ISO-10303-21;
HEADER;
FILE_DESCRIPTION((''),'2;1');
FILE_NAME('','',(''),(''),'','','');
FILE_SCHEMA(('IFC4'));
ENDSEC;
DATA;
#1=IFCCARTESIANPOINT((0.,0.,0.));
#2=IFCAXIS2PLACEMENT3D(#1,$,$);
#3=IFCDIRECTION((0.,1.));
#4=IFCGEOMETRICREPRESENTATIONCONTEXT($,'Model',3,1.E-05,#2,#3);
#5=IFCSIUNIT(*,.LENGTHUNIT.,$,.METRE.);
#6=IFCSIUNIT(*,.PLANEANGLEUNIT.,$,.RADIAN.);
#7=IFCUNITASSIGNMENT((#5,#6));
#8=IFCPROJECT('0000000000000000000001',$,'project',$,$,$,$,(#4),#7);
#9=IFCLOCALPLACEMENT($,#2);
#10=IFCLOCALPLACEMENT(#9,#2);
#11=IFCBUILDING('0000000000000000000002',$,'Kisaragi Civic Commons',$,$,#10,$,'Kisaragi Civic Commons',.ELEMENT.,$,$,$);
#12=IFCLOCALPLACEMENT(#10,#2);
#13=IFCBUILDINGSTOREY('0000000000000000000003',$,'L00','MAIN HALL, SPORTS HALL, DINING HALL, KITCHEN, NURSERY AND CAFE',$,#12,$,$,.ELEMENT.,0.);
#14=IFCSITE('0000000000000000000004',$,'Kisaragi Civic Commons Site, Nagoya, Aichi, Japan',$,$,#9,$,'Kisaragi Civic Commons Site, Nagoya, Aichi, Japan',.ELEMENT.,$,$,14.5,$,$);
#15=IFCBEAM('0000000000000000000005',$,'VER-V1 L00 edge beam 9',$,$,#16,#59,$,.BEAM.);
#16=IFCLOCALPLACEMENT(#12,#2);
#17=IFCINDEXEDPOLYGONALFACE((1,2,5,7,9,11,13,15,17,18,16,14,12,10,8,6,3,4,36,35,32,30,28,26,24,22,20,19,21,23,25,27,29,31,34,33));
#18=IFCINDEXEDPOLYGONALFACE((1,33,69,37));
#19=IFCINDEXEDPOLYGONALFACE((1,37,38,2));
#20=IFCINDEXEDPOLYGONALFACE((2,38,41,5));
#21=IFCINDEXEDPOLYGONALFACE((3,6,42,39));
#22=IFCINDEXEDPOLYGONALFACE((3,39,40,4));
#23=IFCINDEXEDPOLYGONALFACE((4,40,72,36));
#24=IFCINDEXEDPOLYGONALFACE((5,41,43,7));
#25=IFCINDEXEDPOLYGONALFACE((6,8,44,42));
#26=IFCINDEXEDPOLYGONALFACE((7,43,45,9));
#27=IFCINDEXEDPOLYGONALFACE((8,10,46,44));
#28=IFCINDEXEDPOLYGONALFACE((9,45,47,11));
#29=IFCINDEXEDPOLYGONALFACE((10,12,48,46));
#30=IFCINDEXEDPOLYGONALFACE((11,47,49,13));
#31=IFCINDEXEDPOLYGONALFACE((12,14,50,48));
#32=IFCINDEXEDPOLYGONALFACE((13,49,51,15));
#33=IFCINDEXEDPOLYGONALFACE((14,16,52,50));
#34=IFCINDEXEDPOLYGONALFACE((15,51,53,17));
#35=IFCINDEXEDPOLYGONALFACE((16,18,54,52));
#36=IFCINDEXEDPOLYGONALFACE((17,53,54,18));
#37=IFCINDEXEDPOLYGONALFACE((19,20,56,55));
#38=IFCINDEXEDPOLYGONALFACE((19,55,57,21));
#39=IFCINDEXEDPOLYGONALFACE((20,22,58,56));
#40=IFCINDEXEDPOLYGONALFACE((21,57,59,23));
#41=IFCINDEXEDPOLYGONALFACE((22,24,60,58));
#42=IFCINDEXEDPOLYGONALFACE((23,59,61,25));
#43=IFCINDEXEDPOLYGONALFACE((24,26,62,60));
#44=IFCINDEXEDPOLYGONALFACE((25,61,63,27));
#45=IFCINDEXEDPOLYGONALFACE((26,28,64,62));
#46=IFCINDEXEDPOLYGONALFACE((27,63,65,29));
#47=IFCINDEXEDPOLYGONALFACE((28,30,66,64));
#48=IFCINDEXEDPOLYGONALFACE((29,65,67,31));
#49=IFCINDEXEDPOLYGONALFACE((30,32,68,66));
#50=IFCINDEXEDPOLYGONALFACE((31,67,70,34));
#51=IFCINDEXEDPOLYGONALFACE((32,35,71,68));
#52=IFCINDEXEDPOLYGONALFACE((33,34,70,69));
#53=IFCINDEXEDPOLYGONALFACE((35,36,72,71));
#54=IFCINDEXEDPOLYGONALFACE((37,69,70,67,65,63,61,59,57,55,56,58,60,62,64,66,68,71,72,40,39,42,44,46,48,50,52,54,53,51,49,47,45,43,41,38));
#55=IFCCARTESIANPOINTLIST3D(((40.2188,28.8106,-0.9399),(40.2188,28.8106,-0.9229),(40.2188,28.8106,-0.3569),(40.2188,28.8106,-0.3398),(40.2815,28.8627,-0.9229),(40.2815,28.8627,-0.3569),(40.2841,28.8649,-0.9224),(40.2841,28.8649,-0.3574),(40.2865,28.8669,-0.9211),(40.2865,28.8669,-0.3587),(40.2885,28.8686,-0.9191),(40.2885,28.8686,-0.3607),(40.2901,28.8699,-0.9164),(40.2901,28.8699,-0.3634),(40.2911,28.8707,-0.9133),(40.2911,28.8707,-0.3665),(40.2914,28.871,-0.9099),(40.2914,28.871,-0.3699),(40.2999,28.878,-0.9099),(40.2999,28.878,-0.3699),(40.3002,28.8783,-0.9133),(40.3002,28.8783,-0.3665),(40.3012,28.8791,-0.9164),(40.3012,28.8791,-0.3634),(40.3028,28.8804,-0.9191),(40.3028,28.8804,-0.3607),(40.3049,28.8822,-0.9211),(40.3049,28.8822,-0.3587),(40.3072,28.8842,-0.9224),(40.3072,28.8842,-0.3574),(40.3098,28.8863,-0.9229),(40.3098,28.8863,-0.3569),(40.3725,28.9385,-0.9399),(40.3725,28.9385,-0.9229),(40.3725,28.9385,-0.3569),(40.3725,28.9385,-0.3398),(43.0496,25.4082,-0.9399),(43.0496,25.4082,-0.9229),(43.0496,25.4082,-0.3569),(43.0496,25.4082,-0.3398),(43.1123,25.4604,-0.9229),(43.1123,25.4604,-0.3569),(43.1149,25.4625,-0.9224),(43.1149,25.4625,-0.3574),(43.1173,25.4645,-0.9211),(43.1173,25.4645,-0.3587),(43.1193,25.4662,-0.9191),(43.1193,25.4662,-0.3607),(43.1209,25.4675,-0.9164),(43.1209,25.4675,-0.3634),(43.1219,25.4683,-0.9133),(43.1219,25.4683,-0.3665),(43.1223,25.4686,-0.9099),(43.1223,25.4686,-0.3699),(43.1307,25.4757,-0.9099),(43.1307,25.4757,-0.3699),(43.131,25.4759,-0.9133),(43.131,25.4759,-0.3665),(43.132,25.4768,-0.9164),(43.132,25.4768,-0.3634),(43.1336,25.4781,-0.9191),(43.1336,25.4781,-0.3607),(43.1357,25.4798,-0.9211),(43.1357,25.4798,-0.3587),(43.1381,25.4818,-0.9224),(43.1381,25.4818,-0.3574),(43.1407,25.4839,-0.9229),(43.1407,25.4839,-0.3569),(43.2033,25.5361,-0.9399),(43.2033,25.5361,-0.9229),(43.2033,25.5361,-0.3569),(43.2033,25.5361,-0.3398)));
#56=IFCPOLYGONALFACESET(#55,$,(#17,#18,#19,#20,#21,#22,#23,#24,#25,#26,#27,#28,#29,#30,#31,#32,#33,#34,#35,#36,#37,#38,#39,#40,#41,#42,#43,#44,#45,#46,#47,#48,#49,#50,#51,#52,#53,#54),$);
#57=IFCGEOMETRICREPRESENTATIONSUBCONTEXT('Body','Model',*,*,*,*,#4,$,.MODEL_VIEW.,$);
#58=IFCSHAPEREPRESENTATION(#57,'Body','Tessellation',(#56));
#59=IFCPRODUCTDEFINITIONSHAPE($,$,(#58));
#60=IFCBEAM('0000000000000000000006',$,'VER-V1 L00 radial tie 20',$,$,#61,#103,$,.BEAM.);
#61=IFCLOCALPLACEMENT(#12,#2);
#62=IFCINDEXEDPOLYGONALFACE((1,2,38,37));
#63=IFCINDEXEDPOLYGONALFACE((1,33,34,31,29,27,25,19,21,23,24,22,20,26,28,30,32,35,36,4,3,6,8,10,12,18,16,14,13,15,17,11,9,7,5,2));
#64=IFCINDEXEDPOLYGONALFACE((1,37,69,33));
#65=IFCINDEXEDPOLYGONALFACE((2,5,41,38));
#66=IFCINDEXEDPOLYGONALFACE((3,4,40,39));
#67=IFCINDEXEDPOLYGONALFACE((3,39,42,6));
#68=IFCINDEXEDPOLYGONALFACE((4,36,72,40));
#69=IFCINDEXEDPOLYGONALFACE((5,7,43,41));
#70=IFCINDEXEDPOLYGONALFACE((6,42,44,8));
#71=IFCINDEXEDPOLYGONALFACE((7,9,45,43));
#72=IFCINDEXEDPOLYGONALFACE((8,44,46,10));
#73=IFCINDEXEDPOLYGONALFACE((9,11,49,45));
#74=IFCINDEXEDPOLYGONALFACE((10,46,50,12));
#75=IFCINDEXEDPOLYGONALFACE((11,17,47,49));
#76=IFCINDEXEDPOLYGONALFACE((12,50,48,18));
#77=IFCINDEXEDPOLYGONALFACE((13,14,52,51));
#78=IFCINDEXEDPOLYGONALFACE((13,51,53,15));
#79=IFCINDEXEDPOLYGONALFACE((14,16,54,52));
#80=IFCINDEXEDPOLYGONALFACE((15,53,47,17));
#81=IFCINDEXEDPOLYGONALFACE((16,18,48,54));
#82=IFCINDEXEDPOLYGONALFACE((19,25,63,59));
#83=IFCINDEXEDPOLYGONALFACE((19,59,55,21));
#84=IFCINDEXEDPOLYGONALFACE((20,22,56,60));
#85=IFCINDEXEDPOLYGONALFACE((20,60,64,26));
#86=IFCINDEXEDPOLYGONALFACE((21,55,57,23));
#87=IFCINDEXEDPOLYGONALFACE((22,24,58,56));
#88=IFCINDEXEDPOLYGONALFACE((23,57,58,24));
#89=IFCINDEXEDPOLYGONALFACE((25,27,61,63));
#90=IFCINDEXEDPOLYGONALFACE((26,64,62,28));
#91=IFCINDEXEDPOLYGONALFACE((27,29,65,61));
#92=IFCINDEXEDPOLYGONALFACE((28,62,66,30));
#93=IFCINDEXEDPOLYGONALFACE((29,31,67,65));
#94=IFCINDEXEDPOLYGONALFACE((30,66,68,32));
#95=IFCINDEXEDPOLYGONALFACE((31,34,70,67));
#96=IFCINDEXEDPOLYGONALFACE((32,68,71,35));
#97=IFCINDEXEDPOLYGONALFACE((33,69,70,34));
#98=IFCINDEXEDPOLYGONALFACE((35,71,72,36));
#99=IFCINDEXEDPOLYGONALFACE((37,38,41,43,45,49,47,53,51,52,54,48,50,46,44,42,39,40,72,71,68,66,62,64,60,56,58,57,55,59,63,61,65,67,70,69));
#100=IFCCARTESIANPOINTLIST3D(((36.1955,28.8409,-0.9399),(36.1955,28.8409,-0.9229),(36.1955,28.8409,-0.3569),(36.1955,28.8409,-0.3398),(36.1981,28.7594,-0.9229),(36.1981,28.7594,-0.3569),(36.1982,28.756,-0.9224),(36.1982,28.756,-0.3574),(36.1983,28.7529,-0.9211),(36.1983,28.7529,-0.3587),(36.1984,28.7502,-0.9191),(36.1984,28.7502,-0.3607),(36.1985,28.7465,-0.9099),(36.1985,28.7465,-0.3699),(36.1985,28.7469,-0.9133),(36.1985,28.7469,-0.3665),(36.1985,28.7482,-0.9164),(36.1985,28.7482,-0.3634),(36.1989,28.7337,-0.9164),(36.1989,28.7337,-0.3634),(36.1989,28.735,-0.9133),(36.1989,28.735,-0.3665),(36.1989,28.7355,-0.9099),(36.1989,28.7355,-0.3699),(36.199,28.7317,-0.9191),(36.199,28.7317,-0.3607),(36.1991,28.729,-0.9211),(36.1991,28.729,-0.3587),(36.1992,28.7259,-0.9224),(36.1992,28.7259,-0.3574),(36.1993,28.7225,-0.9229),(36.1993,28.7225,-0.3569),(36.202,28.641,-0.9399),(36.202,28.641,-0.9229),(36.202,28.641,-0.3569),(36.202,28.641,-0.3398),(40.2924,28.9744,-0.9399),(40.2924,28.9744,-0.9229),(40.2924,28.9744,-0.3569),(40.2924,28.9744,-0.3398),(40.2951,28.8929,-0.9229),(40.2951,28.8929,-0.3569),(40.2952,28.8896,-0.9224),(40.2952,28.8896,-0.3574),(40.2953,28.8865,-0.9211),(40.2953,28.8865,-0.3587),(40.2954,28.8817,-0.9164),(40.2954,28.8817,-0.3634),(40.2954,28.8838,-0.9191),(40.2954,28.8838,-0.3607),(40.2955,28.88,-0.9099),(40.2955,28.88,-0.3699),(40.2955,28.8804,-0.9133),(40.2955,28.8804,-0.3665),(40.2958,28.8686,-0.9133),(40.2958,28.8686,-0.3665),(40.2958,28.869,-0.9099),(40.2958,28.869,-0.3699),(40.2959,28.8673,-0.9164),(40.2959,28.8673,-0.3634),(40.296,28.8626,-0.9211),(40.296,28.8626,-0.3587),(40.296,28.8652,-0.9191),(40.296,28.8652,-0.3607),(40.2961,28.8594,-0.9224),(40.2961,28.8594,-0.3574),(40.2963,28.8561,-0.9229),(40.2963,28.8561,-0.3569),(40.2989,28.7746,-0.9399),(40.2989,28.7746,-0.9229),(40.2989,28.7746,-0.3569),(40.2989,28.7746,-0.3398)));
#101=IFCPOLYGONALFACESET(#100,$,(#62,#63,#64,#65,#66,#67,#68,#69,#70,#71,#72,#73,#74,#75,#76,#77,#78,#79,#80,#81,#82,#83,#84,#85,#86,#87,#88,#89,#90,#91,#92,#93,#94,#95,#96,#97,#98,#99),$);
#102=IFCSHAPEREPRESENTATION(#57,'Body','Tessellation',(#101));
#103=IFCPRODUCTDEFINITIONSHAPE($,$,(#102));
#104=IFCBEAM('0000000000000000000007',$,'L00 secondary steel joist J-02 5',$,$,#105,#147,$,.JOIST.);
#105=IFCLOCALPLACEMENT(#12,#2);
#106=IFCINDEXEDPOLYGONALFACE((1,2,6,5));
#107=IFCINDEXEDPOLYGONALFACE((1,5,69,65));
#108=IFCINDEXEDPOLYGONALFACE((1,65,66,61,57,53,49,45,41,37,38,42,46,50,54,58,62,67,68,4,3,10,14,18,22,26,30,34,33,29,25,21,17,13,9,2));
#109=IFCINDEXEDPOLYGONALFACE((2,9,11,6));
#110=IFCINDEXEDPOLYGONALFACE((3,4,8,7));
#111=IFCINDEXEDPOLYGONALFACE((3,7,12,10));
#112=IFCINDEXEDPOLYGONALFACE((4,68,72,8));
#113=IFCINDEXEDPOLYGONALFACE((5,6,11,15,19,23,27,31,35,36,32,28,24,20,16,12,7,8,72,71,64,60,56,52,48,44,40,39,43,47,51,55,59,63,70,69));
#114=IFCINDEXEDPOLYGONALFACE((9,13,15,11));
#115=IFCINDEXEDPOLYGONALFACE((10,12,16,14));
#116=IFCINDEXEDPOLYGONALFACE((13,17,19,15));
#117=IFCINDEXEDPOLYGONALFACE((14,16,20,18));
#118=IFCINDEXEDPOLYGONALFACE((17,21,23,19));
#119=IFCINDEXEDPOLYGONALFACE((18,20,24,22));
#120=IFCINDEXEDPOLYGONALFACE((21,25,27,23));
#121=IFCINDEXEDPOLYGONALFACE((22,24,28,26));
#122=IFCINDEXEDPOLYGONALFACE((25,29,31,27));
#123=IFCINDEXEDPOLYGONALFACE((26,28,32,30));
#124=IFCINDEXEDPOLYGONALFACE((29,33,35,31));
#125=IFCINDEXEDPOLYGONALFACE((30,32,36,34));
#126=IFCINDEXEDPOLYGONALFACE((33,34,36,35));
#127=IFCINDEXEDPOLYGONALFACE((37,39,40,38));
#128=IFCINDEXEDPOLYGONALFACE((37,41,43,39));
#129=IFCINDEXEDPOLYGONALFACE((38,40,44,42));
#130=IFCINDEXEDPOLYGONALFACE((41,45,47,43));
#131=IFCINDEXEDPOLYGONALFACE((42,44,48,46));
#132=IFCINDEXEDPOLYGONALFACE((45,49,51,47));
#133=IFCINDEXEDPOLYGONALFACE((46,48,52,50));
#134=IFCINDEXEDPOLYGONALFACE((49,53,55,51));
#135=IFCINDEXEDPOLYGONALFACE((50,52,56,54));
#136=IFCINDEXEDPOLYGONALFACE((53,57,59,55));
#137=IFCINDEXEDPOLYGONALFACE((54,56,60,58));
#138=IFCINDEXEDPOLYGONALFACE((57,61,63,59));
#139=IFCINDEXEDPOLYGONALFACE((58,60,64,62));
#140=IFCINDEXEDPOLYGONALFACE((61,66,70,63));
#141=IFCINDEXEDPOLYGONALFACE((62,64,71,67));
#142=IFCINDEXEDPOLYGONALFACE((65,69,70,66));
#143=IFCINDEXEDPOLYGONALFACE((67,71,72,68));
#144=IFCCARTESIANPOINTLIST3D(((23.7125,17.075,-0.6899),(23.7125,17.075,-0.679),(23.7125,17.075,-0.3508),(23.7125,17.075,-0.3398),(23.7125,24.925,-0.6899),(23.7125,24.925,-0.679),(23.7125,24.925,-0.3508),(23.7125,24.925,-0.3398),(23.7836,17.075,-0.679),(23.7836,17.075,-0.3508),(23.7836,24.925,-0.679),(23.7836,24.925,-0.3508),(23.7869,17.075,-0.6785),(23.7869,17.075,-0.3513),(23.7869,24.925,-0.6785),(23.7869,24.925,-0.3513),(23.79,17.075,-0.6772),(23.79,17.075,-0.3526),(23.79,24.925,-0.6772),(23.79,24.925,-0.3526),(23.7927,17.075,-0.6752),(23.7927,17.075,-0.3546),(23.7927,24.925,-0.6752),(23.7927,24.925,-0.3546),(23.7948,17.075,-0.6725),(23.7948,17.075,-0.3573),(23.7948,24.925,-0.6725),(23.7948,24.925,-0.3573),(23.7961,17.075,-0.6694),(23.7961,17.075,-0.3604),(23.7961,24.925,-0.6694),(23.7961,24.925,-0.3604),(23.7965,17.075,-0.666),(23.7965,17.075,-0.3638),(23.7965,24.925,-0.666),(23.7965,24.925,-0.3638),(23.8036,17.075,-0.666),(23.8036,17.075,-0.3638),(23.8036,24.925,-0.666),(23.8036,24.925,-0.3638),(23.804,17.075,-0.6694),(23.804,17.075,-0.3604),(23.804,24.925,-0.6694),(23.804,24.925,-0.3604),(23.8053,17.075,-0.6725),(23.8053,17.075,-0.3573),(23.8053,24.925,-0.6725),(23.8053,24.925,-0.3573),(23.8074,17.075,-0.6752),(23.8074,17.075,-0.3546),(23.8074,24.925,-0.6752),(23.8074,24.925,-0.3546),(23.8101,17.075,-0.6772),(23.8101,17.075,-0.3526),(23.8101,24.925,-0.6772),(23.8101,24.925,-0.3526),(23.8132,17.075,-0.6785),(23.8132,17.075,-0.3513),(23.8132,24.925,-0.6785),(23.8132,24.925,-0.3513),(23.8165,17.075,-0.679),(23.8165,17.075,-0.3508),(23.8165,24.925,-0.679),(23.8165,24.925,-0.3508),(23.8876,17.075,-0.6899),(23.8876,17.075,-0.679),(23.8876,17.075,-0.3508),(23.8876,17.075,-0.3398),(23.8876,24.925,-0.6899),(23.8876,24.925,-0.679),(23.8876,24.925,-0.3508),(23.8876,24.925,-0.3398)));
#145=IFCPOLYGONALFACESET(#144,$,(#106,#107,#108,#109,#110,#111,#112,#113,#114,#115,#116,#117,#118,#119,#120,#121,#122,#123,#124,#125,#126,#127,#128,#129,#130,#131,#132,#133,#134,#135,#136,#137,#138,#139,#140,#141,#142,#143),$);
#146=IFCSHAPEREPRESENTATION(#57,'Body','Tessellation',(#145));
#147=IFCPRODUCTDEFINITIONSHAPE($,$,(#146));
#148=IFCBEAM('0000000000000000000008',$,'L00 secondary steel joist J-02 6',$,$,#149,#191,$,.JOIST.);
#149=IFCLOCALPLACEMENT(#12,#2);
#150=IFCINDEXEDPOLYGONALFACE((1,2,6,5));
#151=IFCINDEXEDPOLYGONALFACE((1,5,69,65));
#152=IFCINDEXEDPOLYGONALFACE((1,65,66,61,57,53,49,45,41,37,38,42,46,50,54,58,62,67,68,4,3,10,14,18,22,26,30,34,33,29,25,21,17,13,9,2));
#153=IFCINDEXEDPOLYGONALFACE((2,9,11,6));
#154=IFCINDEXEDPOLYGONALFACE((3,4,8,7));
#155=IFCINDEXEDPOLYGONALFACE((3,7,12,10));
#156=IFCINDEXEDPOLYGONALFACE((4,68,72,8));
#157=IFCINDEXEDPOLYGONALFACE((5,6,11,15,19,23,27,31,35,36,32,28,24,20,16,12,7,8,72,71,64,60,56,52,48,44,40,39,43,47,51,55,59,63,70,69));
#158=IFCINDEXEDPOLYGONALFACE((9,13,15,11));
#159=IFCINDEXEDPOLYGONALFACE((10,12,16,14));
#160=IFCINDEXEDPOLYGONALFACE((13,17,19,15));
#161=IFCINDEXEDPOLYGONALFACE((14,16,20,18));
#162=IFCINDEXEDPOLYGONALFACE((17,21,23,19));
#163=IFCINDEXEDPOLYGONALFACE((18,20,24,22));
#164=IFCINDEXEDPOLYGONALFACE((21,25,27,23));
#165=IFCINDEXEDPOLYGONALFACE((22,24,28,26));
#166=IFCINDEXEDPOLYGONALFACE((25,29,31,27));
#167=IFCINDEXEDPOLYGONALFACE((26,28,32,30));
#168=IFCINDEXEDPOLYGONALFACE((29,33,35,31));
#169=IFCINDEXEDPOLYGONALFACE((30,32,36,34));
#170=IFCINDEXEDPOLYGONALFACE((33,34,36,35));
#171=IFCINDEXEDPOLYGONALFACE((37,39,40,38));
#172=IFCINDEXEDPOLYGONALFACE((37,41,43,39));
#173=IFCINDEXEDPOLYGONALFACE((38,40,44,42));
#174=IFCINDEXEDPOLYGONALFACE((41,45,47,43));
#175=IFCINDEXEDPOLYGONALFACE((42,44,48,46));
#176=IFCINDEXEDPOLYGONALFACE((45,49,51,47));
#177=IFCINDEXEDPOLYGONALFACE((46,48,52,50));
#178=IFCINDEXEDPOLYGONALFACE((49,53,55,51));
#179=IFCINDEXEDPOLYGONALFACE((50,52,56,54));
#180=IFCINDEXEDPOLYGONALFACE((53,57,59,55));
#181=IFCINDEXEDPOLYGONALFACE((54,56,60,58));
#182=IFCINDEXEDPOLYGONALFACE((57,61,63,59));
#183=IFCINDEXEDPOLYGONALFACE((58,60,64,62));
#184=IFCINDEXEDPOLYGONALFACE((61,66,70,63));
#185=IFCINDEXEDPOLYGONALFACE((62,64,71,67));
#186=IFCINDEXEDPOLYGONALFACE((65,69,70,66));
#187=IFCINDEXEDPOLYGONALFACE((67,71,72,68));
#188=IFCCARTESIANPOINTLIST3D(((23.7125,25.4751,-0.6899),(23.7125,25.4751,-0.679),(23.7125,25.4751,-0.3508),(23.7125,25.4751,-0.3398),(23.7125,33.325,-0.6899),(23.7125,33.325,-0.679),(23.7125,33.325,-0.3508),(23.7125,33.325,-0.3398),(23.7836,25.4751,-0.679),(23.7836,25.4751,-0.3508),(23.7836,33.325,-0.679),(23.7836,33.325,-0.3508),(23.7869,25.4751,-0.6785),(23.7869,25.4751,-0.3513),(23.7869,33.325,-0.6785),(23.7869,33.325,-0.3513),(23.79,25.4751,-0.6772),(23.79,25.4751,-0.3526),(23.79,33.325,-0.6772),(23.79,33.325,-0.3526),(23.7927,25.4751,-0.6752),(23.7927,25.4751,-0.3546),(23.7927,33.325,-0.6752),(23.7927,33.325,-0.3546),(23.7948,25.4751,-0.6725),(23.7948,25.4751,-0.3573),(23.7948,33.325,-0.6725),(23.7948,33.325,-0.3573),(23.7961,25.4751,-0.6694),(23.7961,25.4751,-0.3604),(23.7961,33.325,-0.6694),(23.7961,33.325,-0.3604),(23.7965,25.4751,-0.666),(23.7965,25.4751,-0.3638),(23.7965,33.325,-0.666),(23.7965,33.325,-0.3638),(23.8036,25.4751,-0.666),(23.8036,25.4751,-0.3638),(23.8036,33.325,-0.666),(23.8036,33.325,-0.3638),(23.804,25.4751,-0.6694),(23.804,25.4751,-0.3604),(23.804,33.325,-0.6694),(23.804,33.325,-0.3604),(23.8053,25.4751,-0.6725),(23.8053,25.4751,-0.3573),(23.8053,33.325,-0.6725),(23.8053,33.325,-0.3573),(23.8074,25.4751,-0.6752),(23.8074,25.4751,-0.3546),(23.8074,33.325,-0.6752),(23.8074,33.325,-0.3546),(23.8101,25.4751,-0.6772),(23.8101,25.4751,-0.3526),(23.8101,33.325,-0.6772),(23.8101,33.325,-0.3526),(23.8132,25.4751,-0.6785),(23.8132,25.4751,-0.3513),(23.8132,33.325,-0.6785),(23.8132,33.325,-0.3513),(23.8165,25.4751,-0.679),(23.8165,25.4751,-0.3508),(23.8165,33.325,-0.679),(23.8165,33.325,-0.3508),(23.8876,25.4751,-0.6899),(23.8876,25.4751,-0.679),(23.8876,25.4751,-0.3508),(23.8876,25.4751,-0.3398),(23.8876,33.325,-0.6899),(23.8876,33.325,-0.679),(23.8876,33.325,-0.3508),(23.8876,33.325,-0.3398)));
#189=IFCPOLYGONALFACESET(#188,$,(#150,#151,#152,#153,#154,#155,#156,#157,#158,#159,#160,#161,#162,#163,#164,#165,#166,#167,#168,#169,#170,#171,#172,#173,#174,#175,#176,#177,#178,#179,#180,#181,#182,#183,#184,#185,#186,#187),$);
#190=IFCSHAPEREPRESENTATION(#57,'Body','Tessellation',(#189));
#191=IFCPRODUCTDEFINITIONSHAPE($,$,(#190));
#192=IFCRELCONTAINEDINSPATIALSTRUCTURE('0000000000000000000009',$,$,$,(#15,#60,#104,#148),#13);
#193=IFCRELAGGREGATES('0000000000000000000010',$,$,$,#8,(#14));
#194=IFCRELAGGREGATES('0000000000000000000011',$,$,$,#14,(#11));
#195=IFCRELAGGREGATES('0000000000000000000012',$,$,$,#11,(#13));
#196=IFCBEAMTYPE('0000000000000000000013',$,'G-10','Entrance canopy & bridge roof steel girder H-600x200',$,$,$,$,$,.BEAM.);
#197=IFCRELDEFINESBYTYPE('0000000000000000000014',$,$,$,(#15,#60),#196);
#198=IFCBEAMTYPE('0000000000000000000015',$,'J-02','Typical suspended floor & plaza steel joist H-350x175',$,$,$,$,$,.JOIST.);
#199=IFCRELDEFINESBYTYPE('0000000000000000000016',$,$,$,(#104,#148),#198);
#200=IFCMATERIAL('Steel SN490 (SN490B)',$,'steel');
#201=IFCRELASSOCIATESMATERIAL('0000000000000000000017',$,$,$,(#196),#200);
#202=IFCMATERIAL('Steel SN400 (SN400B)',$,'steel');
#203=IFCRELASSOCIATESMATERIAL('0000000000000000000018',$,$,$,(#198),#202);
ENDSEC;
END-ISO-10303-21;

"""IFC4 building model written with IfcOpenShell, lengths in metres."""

from ifc_helpers import new_model, si_unit, direction, frame, origin, origin_2d, place, context, subcontext, project, spatial, i_section, extrude, material, material_profile, profile_set, type_object, element, save


model = new_model("IFC4")

# Units and contexts
model_context = context("Model", 3, precision=1e-05, world=origin(), true_north=direction((0.0, 1.0)))
body_context = subcontext(model_context, "Body", "Model", "MODEL_VIEW")
ifc_project = project(units=[si_unit("LENGTHUNIT", "METRE"), si_unit("PLANEANGLEUNIT", "RADIAN")], contexts=[model_context])

# Site, building, storey
site_placement = place(None, origin())
site = spatial("IfcSite", under=ifc_project, at=site_placement, Name="Kisaragi Civic Commons Site, Nagoya, Aichi, Japan", LongName="Kisaragi Civic Commons Site, Nagoya, Aichi, Japan", CompositionType="ELEMENT", RefElevation=14.5)
building_placement = place(site_placement, origin())
building = spatial("IfcBuilding", under=site, at=building_placement, Name="Kisaragi Civic Commons", LongName="Kisaragi Civic Commons", CompositionType="ELEMENT")
storey_placement = place(building_placement, origin())
storey = spatial("IfcBuildingStorey", under=building, at=storey_placement, Name="L00", Description="MAIN HALL, SPORTS HALL, DINING HALL, KITCHEN, NURSERY AND CAFE", CompositionType="ELEMENT", Elevation=0.0)

# Shared definitions
ifc_material_1 = material(Name="Steel SN490 (SN490B)", Category="steel")

# Beams
ifc_material_profile_1 = material_profile(ifc_material_1, i_section(OverallWidth=0.2, OverallDepth=0.6001, WebThickness=0.011, FlangeThickness=0.0171, FilletRadius=0.0129, at=origin_2d()), Name="H-600x200x11x17", Category="steel")
ifc_profile_set_1 = profile_set([ifc_material_profile_1], Name="Steel SN490 (SN490B)")
beam_type_1 = type_object("IfcBeamType", Name="G-10", Description="Entrance canopy & bridge roof steel girder H-600x200", PredefinedType="BEAM", material=ifc_profile_set_1)
beam_1_placement = place(storey_placement, frame((40.2957, 28.8745, -0.6399), z_axis=(0.639587, -0.768718, 0.0), x_axis=(0.768718, 0.639587, 0.0)))
element("IfcBeam", 1, at=beam_1_placement, inside=storey, type_object=beam_type_1, Name="VER-V1 L00 edge beam 9", PredefinedType="BEAM", context=body_context, shape_type="SweptSolid", body=[
    extrude(i_section(OverallWidth=0.2, OverallDepth=0.6001, WebThickness=0.011, FlangeThickness=0.0171, FilletRadius=0.0129, at=origin_2d()), origin(), (0.0, 0.0, 1.0), 4.426),
])
beam_2_placement = place(storey_placement, frame((40.2957, 28.8745, -0.6399), z_axis=(-0.999469, -0.032579, 0.0), x_axis=(0.032579, -0.999469, 0.0)))
element("IfcBeam", 2, at=beam_2_placement, inside=storey, type_object=beam_type_1, Name="VER-V1 L00 radial tie 20", PredefinedType="BEAM", context=body_context, shape_type="SweptSolid", body=[
    extrude(i_section(OverallWidth=0.2, OverallDepth=0.6001, WebThickness=0.011, FlangeThickness=0.0171, FilletRadius=0.0129, at=origin_2d()), origin(), (0.0, 0.0, 1.0), 4.0991),
])
ifc_material_2 = material(Name="Steel SN400 (SN400B)", Category="steel")
ifc_material_profile_2 = material_profile(ifc_material_2, i_section(OverallWidth=0.175, OverallDepth=0.3501, WebThickness=0.0071, FlangeThickness=0.011, FilletRadius=0.0129, at=origin_2d()), Name="H-350x175x7x11", Category="steel")
ifc_profile_set_2 = profile_set([ifc_material_profile_2], Name="Steel SN400 (SN400B)")
beam_type_2 = type_object("IfcBeamType", Name="J-02", Description="Typical suspended floor & plaza steel joist H-350x175", PredefinedType="JOIST", material=ifc_profile_set_2)
beam_3_placement = place(storey_placement, frame((23.8, 17.075, -0.5149), z_axis=(0.0, 1.0, 0.0), x_axis=(-1.0, 0.0, 0.0)))
element("IfcBeam", 3, at=beam_3_placement, inside=storey, type_object=beam_type_2, Name="L00 secondary steel joist J-02 5", PredefinedType="JOIST", context=body_context, shape_type="SweptSolid", body=[
    extrude(i_section(OverallWidth=0.175, OverallDepth=0.3501, WebThickness=0.0071, FlangeThickness=0.011, FilletRadius=0.0129, at=origin_2d()), origin(), (0.0, 0.0, 1.0), 7.8501),
])
beam_4_placement = place(storey_placement, frame((23.8, 25.4751, -0.5149), z_axis=(0.0, 1.0, 0.0), x_axis=(-1.0, 0.0, 0.0)))
element("IfcBeam", 4, at=beam_4_placement, inside=storey, type_object=beam_type_2, Name="L00 secondary steel joist J-02 6", PredefinedType="JOIST", context=body_context, shape_type="SweptSolid", body=[
    extrude(i_section(OverallWidth=0.175, OverallDepth=0.3501, WebThickness=0.0071, FlangeThickness=0.011, FilletRadius=0.0129, at=origin_2d()), origin(), (0.0, 0.0, 1.0), 7.8499),
])

save(model, "model.ifc")
